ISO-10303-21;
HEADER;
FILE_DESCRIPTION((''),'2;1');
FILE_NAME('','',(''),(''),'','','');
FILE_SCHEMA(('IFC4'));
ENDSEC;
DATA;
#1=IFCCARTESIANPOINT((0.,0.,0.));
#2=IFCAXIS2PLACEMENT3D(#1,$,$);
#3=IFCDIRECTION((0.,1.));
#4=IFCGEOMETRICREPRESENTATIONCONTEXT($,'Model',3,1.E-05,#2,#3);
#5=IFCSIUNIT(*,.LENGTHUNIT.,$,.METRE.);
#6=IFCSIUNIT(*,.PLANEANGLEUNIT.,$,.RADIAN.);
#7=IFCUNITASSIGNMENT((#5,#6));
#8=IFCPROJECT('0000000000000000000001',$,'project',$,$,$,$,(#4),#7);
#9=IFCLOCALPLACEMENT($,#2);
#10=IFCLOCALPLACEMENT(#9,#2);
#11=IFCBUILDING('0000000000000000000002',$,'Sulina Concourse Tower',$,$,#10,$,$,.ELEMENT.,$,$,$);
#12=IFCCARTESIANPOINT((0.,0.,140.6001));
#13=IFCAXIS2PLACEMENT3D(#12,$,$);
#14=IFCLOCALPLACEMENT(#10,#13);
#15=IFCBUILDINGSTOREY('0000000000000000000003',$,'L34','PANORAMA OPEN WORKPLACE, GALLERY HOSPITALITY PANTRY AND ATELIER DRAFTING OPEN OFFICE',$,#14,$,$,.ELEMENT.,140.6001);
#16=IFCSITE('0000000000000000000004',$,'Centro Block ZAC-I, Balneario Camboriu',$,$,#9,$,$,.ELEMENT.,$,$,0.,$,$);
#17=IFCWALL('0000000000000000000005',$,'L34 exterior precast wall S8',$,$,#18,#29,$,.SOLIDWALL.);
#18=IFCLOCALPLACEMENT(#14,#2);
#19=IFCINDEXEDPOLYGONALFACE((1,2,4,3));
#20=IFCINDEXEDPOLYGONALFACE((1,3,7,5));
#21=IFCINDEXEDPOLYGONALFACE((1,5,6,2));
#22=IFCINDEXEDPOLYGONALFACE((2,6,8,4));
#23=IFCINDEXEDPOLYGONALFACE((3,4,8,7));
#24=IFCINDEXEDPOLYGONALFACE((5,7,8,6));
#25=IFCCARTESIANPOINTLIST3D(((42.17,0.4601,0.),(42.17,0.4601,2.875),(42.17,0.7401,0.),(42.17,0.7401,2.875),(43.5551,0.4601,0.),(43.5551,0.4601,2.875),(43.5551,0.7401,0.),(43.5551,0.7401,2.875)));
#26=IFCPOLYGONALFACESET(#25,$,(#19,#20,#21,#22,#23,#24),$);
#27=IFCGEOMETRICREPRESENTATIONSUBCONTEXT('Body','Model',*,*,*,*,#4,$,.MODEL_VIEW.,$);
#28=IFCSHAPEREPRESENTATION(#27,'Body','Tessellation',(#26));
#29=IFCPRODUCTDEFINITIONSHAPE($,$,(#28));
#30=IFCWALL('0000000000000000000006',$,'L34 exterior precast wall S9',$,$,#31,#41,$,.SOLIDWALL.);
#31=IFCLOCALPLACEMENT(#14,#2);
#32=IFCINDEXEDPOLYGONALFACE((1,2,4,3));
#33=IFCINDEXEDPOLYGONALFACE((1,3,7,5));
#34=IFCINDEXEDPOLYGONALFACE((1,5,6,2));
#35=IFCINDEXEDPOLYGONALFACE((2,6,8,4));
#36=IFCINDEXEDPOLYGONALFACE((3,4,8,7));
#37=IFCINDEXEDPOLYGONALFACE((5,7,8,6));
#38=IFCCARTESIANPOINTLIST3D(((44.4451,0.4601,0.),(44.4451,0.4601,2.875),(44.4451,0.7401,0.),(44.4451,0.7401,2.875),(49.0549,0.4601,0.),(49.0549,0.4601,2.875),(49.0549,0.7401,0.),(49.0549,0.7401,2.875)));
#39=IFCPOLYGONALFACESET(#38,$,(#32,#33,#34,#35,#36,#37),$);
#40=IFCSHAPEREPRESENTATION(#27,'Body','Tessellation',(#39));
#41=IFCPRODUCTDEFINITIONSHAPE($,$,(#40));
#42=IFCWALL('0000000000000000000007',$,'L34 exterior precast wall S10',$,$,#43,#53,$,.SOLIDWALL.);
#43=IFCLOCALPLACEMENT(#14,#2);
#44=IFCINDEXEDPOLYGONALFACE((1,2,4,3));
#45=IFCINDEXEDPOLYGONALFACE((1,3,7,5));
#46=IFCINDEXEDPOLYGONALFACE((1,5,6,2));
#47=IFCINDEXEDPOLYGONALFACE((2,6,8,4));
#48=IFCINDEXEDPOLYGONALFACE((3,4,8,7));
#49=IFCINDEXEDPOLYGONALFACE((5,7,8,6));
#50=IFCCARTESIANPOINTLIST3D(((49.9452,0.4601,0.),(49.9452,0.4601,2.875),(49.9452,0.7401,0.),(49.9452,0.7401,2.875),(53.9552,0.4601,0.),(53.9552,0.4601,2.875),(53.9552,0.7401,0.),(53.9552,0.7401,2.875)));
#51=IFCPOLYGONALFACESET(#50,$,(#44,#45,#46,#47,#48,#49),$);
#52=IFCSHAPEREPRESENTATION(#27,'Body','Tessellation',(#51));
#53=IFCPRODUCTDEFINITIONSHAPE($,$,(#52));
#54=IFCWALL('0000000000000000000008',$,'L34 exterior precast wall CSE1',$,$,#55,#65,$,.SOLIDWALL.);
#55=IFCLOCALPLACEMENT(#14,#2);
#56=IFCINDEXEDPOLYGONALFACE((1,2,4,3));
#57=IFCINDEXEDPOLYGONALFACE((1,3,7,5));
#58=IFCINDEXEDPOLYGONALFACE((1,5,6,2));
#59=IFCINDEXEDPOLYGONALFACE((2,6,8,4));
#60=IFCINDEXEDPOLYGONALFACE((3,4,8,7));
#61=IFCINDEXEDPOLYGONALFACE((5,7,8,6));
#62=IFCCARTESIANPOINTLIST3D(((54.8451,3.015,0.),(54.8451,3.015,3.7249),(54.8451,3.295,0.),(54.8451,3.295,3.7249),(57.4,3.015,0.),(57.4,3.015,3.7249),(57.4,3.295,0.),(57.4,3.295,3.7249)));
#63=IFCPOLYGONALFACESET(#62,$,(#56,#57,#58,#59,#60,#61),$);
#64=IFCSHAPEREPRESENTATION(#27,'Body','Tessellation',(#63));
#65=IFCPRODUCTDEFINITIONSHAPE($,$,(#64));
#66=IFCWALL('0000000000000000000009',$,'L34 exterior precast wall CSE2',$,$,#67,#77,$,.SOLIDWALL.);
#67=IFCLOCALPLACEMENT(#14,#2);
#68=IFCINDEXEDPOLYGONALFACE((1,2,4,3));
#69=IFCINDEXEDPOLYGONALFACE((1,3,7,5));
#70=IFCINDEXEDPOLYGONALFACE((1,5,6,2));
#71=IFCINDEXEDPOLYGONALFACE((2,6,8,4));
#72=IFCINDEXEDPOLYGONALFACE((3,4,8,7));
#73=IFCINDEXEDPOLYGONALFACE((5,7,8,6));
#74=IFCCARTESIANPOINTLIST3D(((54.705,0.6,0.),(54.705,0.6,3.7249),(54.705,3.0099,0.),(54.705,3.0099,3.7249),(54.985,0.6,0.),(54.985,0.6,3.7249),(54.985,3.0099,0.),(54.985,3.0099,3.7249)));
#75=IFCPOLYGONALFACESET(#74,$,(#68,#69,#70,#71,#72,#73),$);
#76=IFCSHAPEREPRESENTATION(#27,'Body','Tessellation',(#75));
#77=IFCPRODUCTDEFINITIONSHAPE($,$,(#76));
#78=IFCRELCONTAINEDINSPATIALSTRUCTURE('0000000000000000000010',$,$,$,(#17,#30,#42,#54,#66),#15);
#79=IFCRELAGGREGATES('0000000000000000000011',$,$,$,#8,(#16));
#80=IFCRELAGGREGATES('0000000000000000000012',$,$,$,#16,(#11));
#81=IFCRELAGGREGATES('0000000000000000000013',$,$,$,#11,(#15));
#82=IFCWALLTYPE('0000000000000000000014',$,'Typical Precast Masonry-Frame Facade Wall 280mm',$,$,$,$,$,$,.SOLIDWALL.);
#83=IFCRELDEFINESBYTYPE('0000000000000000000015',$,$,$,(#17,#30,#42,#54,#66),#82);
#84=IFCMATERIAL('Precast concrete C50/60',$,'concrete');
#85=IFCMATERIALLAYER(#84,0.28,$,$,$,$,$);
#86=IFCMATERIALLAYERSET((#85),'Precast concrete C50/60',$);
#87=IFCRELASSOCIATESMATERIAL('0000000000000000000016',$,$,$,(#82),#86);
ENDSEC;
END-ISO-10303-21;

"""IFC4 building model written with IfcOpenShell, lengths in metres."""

from ifc_helpers import new_model, si_unit, direction, frame, frame_2d, origin, place, context, subcontext, project, spatial, rectangle, extrude, material, layer, layer_set, type_object, element, save


model = new_model("IFC4")

# Units and contexts
model_context = context("Model", 3, precision=1e-05, world=origin(), true_north=direction((0.0, 1.0)))
body_context = subcontext(model_context, "Body", "Model", "MODEL_VIEW")
ifc_project = project(units=[si_unit("LENGTHUNIT", "METRE"), si_unit("PLANEANGLEUNIT", "RADIAN")], contexts=[model_context])

# Site, building, storey
site_placement = place(None, origin())
site = spatial("IfcSite", under=ifc_project, at=site_placement, Name="Centro Block ZAC-I, Balneario Camboriu", CompositionType="ELEMENT", RefElevation=0.0)
building_placement = place(site_placement, origin())
building = spatial("IfcBuilding", under=site, at=building_placement, Name="Sulina Concourse Tower", CompositionType="ELEMENT")
storey_placement = place(building_placement, frame((0.0, 0.0, 140.6001)))
storey = spatial("IfcBuildingStorey", under=building, at=storey_placement, Name="L34", Description="PANORAMA OPEN WORKPLACE, GALLERY HOSPITALITY PANTRY AND ATELIER DRAFTING OPEN OFFICE", CompositionType="ELEMENT", Elevation=140.6001)

# Walls
ifc_material_1 = material(Name="Precast concrete C50/60", Category="concrete")
ifc_layer_1 = layer(ifc_material_1, 0.28)
ifc_layer_set_1 = layer_set([ifc_layer_1], Name="Precast concrete C50/60")
wall_type_1 = type_object("IfcWallType", Name="Typical Precast Masonry-Frame Facade Wall 280mm", PredefinedType="SOLIDWALL", material=ifc_layer_set_1)
wall_1_placement = place(storey_placement, frame((43.5549, 0.6001, 0.0), z_axis=(0.0, 0.0, 1.0), x_axis=(-1.0, 0.0, 0.0)))
element("IfcWall", 1, at=wall_1_placement, inside=storey, type_object=wall_type_1, Name="L34 exterior precast wall S8", PredefinedType="SOLIDWALL", context=body_context, shape_type="SweptSolid", body=[
    extrude(rectangle(XDim=1.385, YDim=0.28, at=frame_2d((0.6924, 0.0))), origin(), (0.0, 0.0, 1.0), 2.875),
])
wall_2_placement = place(storey_placement, frame((49.0549, 0.6001, 0.0), z_axis=(0.0, 0.0, 1.0), x_axis=(-1.0, 0.0, 0.0)))
element("IfcWall", 2, at=wall_2_placement, inside=storey, type_object=wall_type_1, Name="L34 exterior precast wall S9", PredefinedType="SOLIDWALL", context=body_context, shape_type="SweptSolid", body=[
    extrude(rectangle(XDim=4.6099, YDim=0.28, at=frame_2d((2.3049, 0.0))), origin(), (0.0, 0.0, 1.0), 2.875),
])
wall_3_placement = place(storey_placement, frame((53.9551, 0.6001, 0.0), z_axis=(0.0, 0.0, 1.0), x_axis=(-1.0, 0.0, 0.0)))
element("IfcWall", 3, at=wall_3_placement, inside=storey, type_object=wall_type_1, Name="L34 exterior precast wall S10", PredefinedType="SOLIDWALL", context=body_context, shape_type="SweptSolid", body=[
    extrude(rectangle(XDim=4.01, YDim=0.28, at=frame_2d((2.0049, 0.0))), origin(), (0.0, 0.0, 1.0), 2.875),
])
wall_4_placement = place(storey_placement, frame((57.3999, 3.155, 0.0), z_axis=(0.0, 0.0, 1.0), x_axis=(-1.0, 0.0, 0.0)))
element("IfcWall", 4, at=wall_4_placement, inside=storey, type_object=wall_type_1, Name="L34 exterior precast wall CSE1", PredefinedType="SOLIDWALL", context=body_context, shape_type="SweptSolid", body=[
    extrude(rectangle(XDim=2.5549, YDim=0.28, at=frame_2d((1.2773, 0.0))), origin(), (0.0, 0.0, 1.0), 3.7249),
])
wall_5_placement = place(storey_placement, frame((54.845, 3.01, 0.0), z_axis=(0.0, 0.0, 1.0), x_axis=(0.0, -1.0, 0.0)))
element("IfcWall", 5, at=wall_5_placement, inside=storey, type_object=wall_type_1, Name="L34 exterior precast wall CSE2", PredefinedType="SOLIDWALL", context=body_context, shape_type="SweptSolid", body=[
    extrude(rectangle(XDim=2.4099, YDim=0.28, at=frame_2d((1.2051, 0.0))), origin(), (0.0, 0.0, 1.0), 3.7249),
])

save(model, "model.ifc")
